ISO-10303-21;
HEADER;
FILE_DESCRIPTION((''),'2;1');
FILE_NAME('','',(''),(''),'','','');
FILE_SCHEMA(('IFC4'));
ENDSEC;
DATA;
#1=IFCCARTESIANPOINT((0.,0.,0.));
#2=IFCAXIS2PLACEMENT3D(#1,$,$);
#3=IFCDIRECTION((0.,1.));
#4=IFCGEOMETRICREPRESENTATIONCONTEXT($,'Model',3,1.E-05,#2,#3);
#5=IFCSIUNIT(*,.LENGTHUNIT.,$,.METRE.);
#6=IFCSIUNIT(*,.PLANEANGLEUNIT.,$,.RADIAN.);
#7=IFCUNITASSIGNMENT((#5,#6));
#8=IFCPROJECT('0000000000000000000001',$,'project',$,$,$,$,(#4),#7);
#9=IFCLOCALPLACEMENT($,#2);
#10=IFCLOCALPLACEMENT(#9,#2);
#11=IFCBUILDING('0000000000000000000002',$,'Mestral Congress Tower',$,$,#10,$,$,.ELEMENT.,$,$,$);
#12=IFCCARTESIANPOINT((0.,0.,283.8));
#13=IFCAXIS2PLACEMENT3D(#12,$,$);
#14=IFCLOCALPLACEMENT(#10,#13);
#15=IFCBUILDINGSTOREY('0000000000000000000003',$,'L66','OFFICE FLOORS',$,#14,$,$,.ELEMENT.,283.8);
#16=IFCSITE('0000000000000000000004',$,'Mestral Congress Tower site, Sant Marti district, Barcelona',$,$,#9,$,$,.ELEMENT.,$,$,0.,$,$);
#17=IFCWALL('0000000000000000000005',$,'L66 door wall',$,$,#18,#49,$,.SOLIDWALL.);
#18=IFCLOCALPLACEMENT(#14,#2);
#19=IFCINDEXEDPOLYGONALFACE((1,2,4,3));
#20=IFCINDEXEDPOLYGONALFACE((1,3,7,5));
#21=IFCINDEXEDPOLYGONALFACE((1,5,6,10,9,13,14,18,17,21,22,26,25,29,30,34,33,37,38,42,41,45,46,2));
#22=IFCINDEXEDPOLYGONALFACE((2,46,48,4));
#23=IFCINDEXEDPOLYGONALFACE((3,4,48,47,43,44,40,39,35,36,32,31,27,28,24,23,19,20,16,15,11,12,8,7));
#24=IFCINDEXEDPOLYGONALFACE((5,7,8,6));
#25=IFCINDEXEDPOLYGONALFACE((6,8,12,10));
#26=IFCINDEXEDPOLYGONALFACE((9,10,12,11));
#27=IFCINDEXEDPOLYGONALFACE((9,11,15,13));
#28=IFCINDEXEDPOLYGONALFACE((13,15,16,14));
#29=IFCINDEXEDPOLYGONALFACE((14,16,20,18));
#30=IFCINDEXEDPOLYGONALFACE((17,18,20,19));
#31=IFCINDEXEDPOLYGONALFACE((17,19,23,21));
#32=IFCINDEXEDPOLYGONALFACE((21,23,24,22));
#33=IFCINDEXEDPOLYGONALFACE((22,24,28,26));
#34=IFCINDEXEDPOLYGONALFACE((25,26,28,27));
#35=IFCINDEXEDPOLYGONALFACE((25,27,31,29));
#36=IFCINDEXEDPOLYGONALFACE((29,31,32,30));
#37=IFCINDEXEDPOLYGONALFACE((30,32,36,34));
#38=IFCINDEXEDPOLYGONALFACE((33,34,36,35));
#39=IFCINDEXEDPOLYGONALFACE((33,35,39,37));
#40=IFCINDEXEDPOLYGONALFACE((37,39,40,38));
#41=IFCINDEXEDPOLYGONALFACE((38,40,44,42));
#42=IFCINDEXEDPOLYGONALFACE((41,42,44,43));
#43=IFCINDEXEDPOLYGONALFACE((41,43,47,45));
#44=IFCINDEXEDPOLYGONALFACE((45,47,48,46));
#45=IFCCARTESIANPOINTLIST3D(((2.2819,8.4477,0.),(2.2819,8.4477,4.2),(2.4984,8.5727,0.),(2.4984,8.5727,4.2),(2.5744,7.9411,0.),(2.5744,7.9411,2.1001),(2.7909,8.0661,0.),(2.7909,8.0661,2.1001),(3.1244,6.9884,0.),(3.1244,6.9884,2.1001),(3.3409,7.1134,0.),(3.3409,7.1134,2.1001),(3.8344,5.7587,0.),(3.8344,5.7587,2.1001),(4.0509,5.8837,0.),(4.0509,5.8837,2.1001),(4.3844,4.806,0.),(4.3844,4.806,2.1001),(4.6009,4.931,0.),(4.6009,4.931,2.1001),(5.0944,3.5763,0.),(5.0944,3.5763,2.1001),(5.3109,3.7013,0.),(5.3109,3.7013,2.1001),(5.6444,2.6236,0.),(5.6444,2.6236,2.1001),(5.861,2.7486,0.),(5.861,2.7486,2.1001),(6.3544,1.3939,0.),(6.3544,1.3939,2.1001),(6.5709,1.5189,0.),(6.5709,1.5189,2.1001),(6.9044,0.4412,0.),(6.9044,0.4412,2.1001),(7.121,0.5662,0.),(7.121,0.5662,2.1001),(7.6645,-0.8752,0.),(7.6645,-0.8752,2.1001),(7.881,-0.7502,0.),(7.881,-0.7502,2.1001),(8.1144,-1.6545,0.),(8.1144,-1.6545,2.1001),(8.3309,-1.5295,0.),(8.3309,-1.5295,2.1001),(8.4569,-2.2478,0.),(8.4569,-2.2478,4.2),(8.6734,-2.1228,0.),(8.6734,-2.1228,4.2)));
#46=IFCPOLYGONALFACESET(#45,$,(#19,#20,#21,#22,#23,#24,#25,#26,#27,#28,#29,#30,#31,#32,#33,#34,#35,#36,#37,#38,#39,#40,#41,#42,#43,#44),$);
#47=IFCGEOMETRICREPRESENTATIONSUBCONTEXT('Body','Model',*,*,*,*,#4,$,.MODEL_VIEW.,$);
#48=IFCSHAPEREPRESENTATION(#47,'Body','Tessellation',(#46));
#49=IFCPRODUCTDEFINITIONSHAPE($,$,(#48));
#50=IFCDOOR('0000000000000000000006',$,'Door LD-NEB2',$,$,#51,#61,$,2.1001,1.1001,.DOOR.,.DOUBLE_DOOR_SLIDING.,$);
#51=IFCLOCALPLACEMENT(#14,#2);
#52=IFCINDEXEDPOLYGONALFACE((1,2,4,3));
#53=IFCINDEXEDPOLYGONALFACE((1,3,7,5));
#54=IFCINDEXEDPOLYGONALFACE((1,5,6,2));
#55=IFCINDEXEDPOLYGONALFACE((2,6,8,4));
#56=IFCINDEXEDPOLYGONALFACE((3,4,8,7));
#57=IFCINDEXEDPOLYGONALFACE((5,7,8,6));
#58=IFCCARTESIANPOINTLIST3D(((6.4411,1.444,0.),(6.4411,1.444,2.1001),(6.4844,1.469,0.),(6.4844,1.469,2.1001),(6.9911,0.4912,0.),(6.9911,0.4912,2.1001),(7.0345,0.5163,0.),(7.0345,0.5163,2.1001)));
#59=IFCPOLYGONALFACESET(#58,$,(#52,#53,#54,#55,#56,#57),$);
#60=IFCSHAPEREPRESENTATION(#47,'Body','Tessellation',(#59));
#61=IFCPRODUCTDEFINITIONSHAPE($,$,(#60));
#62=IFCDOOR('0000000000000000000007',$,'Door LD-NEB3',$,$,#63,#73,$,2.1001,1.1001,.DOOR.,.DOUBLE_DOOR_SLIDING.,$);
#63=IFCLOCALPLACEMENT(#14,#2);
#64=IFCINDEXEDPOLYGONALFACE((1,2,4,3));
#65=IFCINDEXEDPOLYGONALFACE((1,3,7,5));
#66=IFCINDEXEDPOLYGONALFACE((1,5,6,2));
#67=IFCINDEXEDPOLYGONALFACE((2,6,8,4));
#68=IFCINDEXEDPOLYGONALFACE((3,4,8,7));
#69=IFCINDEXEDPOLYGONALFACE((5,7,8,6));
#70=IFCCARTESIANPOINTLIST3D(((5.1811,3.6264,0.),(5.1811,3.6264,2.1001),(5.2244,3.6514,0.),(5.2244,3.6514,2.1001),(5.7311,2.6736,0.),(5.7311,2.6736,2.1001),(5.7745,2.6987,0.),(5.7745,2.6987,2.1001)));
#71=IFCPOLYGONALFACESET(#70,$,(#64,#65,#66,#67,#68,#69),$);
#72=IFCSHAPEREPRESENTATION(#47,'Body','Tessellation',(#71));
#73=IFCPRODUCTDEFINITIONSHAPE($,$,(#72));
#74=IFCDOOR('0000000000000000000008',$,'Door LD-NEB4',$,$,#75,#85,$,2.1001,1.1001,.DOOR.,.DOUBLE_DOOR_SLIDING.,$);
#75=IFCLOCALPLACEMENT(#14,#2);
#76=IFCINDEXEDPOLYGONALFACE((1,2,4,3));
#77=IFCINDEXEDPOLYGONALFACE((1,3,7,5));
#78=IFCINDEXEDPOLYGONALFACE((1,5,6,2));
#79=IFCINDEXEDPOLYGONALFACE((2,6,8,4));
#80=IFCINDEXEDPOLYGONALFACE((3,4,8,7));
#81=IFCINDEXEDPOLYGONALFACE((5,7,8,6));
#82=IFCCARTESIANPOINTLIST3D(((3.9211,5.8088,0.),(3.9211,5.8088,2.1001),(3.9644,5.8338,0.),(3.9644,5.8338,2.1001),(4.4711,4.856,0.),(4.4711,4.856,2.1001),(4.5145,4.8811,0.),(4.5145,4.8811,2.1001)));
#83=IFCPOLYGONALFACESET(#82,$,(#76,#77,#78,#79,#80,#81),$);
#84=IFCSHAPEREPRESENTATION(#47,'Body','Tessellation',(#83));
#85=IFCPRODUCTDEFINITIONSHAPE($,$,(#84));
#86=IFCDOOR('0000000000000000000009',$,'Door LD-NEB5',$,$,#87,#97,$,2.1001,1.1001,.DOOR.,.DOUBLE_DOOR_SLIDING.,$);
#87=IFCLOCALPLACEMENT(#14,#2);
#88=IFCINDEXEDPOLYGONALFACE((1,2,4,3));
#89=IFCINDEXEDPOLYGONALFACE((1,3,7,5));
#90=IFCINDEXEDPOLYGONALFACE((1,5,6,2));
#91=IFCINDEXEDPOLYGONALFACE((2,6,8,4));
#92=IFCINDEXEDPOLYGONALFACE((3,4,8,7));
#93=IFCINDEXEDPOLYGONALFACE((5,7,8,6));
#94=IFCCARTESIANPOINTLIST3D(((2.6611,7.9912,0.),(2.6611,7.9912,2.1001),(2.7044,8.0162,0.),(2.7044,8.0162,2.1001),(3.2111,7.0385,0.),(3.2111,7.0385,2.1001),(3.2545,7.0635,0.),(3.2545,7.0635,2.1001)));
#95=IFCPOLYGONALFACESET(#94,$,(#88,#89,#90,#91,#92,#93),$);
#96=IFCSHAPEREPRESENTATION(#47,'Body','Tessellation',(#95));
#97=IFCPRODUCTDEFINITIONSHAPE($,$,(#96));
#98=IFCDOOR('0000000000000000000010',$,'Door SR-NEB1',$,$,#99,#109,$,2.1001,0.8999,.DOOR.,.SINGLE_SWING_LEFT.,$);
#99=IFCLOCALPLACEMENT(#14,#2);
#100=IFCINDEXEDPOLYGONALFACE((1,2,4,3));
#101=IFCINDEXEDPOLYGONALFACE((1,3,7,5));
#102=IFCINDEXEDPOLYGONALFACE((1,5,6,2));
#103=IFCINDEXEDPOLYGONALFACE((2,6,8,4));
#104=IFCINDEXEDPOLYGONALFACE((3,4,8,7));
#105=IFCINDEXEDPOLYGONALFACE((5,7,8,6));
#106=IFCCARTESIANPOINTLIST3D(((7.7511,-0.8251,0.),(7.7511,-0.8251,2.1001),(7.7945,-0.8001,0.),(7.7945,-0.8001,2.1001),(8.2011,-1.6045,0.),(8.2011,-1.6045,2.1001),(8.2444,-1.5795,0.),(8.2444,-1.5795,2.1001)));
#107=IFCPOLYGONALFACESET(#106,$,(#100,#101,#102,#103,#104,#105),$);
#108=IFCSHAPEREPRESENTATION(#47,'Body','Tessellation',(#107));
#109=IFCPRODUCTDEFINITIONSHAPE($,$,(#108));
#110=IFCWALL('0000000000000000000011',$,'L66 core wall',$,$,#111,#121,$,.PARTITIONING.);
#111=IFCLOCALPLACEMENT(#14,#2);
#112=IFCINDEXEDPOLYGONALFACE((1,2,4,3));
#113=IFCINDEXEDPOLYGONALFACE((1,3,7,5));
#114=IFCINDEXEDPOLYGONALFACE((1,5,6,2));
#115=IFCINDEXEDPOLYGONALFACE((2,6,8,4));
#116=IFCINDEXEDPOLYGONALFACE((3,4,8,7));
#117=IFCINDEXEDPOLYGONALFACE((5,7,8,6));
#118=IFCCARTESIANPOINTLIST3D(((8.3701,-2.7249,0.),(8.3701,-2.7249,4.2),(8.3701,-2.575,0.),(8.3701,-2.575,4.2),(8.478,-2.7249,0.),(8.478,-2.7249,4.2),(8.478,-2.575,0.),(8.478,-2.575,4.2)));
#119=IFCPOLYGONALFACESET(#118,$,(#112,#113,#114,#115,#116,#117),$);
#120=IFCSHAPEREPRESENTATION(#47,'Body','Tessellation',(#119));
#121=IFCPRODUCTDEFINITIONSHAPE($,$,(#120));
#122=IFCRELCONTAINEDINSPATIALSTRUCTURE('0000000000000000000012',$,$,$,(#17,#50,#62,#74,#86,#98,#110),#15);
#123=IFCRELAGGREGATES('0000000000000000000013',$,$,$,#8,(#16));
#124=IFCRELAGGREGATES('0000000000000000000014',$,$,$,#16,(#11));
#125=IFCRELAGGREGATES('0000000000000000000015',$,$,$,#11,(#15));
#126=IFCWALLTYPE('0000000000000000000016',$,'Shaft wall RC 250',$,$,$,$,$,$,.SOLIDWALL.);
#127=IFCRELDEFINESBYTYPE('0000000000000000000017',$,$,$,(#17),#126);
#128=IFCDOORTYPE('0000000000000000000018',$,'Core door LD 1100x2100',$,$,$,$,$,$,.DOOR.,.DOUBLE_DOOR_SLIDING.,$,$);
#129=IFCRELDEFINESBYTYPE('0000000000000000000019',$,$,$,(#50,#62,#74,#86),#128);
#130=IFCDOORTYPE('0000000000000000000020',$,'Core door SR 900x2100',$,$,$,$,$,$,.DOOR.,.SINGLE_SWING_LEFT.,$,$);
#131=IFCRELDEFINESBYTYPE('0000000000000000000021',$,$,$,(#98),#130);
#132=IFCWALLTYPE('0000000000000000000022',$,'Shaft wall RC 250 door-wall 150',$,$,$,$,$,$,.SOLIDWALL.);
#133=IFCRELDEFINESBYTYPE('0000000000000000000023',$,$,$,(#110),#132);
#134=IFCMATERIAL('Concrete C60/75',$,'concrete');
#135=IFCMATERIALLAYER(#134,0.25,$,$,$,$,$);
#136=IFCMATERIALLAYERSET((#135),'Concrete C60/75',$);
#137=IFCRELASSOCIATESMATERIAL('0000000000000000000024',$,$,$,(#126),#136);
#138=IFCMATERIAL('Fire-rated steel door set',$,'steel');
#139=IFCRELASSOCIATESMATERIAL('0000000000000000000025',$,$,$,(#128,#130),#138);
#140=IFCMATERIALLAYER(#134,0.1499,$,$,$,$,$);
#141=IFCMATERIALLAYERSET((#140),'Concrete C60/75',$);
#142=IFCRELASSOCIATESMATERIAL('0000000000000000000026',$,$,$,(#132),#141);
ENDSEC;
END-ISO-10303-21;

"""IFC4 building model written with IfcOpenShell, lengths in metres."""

from ifc_helpers import new_model, si_unit, direction, frame, frame_2d, origin, place, context, subcontext, project, spatial, rectangle, extrude, material, layer, layer_set, type_object, element, fill, save


model = new_model("IFC4")

# Units and contexts
model_context = context("Model", 3, precision=1e-05, world=origin(), true_north=direction((0.0, 1.0)))
body_context = subcontext(model_context, "Body", "Model", "MODEL_VIEW")
ifc_project = project(units=[si_unit("LENGTHUNIT", "METRE"), si_unit("PLANEANGLEUNIT", "RADIAN")], contexts=[model_context])

# Site, building, storey
site_placement = place(None, origin())
site = spatial("IfcSite", under=ifc_project, at=site_placement, Name="Mestral Congress Tower site, Sant Marti district, Barcelona", CompositionType="ELEMENT", RefElevation=0.0)
building_placement = place(site_placement, origin())
building = spatial("IfcBuilding", under=site, at=building_placement, Name="Mestral Congress Tower", CompositionType="ELEMENT")
storey_placement = place(building_placement, frame((0.0, 0.0, 283.8)))
storey = spatial("IfcBuildingStorey", under=building, at=storey_placement, Name="L66", Description="OFFICE FLOORS", CompositionType="ELEMENT", Elevation=283.8)

# Shared definitions
ifc_material_1 = material(Name="Concrete C60/75", Category="concrete")

# Shared definitions
ifc_material_2 = material(Name="Fire-rated steel door set", Category="steel")

# Shared definitions
ifc_layer_1 = layer(ifc_material_1, 0.25)
ifc_layer_set_1 = layer_set([ifc_layer_1], Name="Concrete C60/75")
wall_type_1 = type_object("IfcWallType", Name="Shaft wall RC 250", PredefinedType="SOLIDWALL", material=ifc_layer_set_1)

# Wall, openings, doors
wall_1_placement = place(storey_placement, frame((8.5652, -2.1853, 0.0), z_axis=(0.0, 0.0, 1.0), x_axis=(-0.499998, 0.866027, 0.0)))
wall_1 = element("IfcWall", 1, at=wall_1_placement, inside=storey, type_object=wall_type_1, Name="L66 door wall", PredefinedType="SOLIDWALL", context=body_context, shape_type="SweptSolid", body=[
    extrude(rectangle(XDim=12.3501, YDim=0.25, at=frame_2d((6.175, 0.0))), origin(), (0.0, 0.0, 1.0), 4.2),
])
opening_1_placement = place(wall_1_placement, frame((0.6851, 0.0, 0.0)))
opening_1 = element("IfcOpeningElement", 2, at=opening_1_placement, cuts=wall_1, PredefinedType="OPENING", context=body_context, shape_type="SweptSolid", body=[
    extrude(rectangle(XDim=0.8999, YDim=2.1001, at=frame_2d((0.45, 1.05))), frame((0.0, 0.135, 0.0), z_axis=(0.0, -1.0, 0.0), x_axis=(1.0, 0.0, 0.0)), (0.0, 0.0, 1.0), 0.27),
])
opening_2_placement = place(wall_1_placement, frame((3.105, 0.0, 0.0)))
opening_2 = element("IfcOpeningElement", 3, at=opening_2_placement, cuts=wall_1, PredefinedType="OPENING", context=body_context, shape_type="SweptSolid", body=[
    extrude(rectangle(XDim=1.1001, YDim=2.1001, at=frame_2d((0.55, 1.05))), frame((0.0, 0.135, 0.0), z_axis=(0.0, -1.0, 0.0), x_axis=(1.0, 0.0, 0.0)), (0.0, 0.0, 1.0), 0.27),
])
opening_3_placement = place(wall_1_placement, frame((5.625, 0.0, 0.0)))
opening_3 = element("IfcOpeningElement", 4, at=opening_3_placement, cuts=wall_1, PredefinedType="OPENING", context=body_context, shape_type="SweptSolid", body=[
    extrude(rectangle(XDim=1.1001, YDim=2.1001, at=frame_2d((0.55, 1.05))), frame((0.0, 0.135, 0.0), z_axis=(0.0, -1.0, 0.0), x_axis=(1.0, 0.0, 0.0)), (0.0, 0.0, 1.0), 0.27),
])
opening_4_placement = place(wall_1_placement, frame((8.145, 0.0, 0.0)))
opening_4 = element("IfcOpeningElement", 5, at=opening_4_placement, cuts=wall_1, PredefinedType="OPENING", context=body_context, shape_type="SweptSolid", body=[
    extrude(rectangle(XDim=1.1001, YDim=2.1001, at=frame_2d((0.55, 1.05))), frame((0.0, 0.135, 0.0), z_axis=(0.0, -1.0, 0.0), x_axis=(1.0, 0.0, 0.0)), (0.0, 0.0, 1.0), 0.27),
])
opening_5_placement = place(wall_1_placement, frame((10.665, 0.0, 0.0)))
opening_5 = element("IfcOpeningElement", 6, at=opening_5_placement, cuts=wall_1, PredefinedType="OPENING", context=body_context, shape_type="SweptSolid", body=[
    extrude(rectangle(XDim=1.1001, YDim=2.1001, at=frame_2d((0.55, 1.05))), frame((0.0, 0.135, 0.0), z_axis=(0.0, -1.0, 0.0), x_axis=(1.0, 0.0, 0.0)), (0.0, 0.0, 1.0), 0.27),
])
door_type_1 = type_object("IfcDoorType", Name="Core door LD 1100x2100", OperationType="DOUBLE_DOOR_SLIDING", PredefinedType="DOOR", material=ifc_material_2)
door_1_placement = place(opening_2_placement, origin())
door_1 = element("IfcDoor", 7, at=door_1_placement, inside=storey, type_object=door_type_1, Name="Door LD-NEB2", OperationType="DOUBLE_DOOR_SLIDING", OverallHeight=2.1001, OverallWidth=1.1001, PredefinedType="DOOR", context=body_context, shape_type="SweptSolid", body=[
    extrude(rectangle(XDim=1.1001, YDim=2.1001, at=frame_2d((0.55, 1.05))), frame((0.0, 0.0249, 0.0), z_axis=(0.0, -1.0, 0.0), x_axis=(1.0, 0.0, 0.0)), (0.0, 0.0, 1.0), 0.05),
])
fill(opening_2, door_1)
door_2_placement = place(opening_3_placement, origin())
door_2 = element("IfcDoor", 8, at=door_2_placement, inside=storey, type_object=door_type_1, Name="Door LD-NEB3", OperationType="DOUBLE_DOOR_SLIDING", OverallHeight=2.1001, OverallWidth=1.1001, PredefinedType="DOOR", context=body_context, shape_type="SweptSolid", body=[
    extrude(rectangle(XDim=1.1001, YDim=2.1001, at=frame_2d((0.55, 1.05))), frame((0.0, 0.0249, 0.0), z_axis=(0.0, -1.0, 0.0), x_axis=(1.0, 0.0, 0.0)), (0.0, 0.0, 1.0), 0.05),
])
fill(opening_3, door_2)
door_3_placement = place(opening_4_placement, origin())
door_3 = element("IfcDoor", 9, at=door_3_placement, inside=storey, type_object=door_type_1, Name="Door LD-NEB4", OperationType="DOUBLE_DOOR_SLIDING", OverallHeight=2.1001, OverallWidth=1.1001, PredefinedType="DOOR", context=body_context, shape_type="SweptSolid", body=[
    extrude(rectangle(XDim=1.1001, YDim=2.1001, at=frame_2d((0.55, 1.05))), frame((0.0, 0.0249, 0.0), z_axis=(0.0, -1.0, 0.0), x_axis=(1.0, 0.0, 0.0)), (0.0, 0.0, 1.0), 0.05),
])
fill(opening_4, door_3)
door_4_placement = place(opening_5_placement, origin())
door_4 = element("IfcDoor", 10, at=door_4_placement, inside=storey, type_object=door_type_1, Name="Door LD-NEB5", OperationType="DOUBLE_DOOR_SLIDING", OverallHeight=2.1001, OverallWidth=1.1001, PredefinedType="DOOR", context=body_context, shape_type="SweptSolid", body=[
    extrude(rectangle(XDim=1.1001, YDim=2.1001, at=frame_2d((0.55, 1.05))), frame((0.0, 0.0249, 0.0), z_axis=(0.0, -1.0, 0.0), x_axis=(1.0, 0.0, 0.0)), (0.0, 0.0, 1.0), 0.05),
])
fill(opening_5, door_4)
door_type_2 = type_object("IfcDoorType", Name="Core door SR 900x2100", OperationType="SINGLE_SWING_LEFT", PredefinedType="DOOR", material=ifc_material_2)
door_5_placement = place(opening_1_placement, origin())
door_5 = element("IfcDoor", 11, at=door_5_placement, inside=storey, type_object=door_type_2, Name="Door SR-NEB1", OperationType="SINGLE_SWING_LEFT", OverallHeight=2.1001, OverallWidth=0.8999, PredefinedType="DOOR", context=body_context, shape_type="SweptSolid", body=[
    extrude(rectangle(XDim=0.8999, YDim=2.1001, at=frame_2d((0.45, 1.05))), frame((0.0, 0.0249, 0.0), z_axis=(0.0, -1.0, 0.0), x_axis=(1.0, 0.0, 0.0)), (0.0, 0.0, 1.0), 0.05),
])
fill(opening_1, door_5)

# Wall
ifc_layer_2 = layer(ifc_material_1, 0.1499)
ifc_layer_set_2 = layer_set([ifc_layer_2], Name="Concrete C60/75")
wall_type_2 = type_object("IfcWallType", Name="Shaft wall RC 250 door-wall 150", PredefinedType="SOLIDWALL", material=ifc_layer_set_2)
wall_2_placement = place(storey_placement, frame((8.3701, -2.6499, 0.0), z_axis=(0.0, 0.0, 1.0), x_axis=(1.0, 0.0, 0.0)))
element("IfcWall", 12, at=wall_2_placement, inside=storey, type_object=wall_type_2, Name="L66 core wall", PredefinedType="PARTITIONING", context=body_context, shape_type="SweptSolid", body=[
    extrude(rectangle(XDim=0.1079, YDim=0.1499, at=frame_2d((0.054, 0.0))), origin(), (0.0, 0.0, 1.0), 4.2),
])

save(model, "model.ifc")
